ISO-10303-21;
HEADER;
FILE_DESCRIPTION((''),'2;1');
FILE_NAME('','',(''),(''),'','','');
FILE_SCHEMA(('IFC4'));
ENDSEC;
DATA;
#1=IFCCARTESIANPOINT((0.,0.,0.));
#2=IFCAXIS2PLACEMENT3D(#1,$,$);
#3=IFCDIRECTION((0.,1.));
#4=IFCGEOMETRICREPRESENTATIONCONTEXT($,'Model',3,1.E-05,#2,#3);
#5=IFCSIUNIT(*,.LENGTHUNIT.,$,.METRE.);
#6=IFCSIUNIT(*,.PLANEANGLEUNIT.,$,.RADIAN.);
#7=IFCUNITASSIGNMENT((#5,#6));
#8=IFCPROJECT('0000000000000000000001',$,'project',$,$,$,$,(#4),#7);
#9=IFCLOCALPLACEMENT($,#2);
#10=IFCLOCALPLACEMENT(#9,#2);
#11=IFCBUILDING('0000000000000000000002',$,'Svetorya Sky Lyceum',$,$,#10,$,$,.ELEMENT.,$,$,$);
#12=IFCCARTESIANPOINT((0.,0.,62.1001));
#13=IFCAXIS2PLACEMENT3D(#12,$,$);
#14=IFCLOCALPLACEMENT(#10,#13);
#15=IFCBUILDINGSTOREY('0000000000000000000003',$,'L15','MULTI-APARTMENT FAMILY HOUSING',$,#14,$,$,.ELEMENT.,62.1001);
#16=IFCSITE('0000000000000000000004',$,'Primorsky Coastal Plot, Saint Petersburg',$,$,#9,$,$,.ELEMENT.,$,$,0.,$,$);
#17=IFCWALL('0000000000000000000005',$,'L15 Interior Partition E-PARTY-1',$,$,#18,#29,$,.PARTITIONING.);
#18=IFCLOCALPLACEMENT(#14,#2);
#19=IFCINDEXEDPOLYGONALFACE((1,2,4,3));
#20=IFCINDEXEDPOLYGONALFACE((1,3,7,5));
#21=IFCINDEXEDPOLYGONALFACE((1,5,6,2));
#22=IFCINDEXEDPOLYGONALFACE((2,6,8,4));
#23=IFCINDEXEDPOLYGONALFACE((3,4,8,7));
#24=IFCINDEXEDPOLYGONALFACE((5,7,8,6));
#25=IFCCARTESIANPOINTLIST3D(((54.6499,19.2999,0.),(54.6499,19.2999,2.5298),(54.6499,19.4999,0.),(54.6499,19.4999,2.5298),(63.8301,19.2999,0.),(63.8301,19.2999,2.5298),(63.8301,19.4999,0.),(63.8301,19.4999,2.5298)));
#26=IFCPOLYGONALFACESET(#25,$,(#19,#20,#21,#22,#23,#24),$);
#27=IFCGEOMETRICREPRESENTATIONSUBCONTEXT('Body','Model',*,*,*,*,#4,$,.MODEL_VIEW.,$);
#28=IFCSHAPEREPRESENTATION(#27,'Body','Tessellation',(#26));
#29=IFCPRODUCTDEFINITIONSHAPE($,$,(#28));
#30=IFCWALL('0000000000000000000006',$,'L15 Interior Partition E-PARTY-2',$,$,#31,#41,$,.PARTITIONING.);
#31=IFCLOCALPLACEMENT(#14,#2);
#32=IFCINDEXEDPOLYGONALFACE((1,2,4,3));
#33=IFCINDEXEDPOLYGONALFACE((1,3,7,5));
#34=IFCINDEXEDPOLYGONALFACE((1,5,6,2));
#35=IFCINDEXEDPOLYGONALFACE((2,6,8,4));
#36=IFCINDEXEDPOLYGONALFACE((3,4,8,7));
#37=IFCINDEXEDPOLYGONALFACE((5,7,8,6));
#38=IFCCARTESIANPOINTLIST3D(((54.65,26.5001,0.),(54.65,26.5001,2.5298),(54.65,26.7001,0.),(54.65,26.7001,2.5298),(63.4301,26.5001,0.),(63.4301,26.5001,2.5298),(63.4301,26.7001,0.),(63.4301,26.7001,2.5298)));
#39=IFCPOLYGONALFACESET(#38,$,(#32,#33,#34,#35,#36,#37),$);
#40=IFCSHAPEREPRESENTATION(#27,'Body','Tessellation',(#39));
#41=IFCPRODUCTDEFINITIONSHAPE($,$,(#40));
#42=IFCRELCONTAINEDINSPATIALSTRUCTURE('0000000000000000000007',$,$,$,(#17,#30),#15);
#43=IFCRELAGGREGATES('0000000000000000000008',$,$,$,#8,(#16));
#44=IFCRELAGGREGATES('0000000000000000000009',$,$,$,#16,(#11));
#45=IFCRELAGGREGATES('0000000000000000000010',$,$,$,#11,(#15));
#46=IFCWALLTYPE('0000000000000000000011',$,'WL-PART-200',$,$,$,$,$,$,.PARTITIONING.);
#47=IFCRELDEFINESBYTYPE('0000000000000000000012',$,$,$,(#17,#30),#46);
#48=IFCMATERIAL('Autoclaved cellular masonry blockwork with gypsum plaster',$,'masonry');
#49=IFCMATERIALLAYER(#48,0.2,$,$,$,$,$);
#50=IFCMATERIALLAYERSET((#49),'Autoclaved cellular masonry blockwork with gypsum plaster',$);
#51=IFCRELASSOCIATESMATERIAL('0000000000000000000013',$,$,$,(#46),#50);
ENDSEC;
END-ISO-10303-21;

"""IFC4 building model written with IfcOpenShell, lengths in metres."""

from ifc_helpers import new_model, si_unit, direction, frame, frame_2d, origin, place, context, subcontext, project, spatial, rectangle, extrude, material, layer, layer_set, type_object, element, save


model = new_model("IFC4")

# Units and contexts
model_context = context("Model", 3, precision=1e-05, world=origin(), true_north=direction((0.0, 1.0)))
body_context = subcontext(model_context, "Body", "Model", "MODEL_VIEW")
ifc_project = project(units=[si_unit("LENGTHUNIT", "METRE"), si_unit("PLANEANGLEUNIT", "RADIAN")], contexts=[model_context])

# Site, building, storey
site_placement = place(None, origin())
site = spatial("IfcSite", under=ifc_project, at=site_placement, Name="Primorsky Coastal Plot, Saint Petersburg", CompositionType="ELEMENT", RefElevation=0.0)
building_placement = place(site_placement, origin())
building = spatial("IfcBuilding", under=site, at=building_placement, Name="Svetorya Sky Lyceum", CompositionType="ELEMENT")
storey_placement = place(building_placement, frame((0.0, 0.0, 62.1001)))
storey = spatial("IfcBuildingStorey", under=building, at=storey_placement, Name="L15", Description="MULTI-APARTMENT FAMILY HOUSING", CompositionType="ELEMENT", Elevation=62.1001)

# Walls
ifc_material_1 = material(Name="Autoclaved cellular masonry blockwork with gypsum plaster", Category="masonry")
ifc_layer_1 = layer(ifc_material_1, 0.2)
ifc_layer_set_1 = layer_set([ifc_layer_1], Name="Autoclaved cellular masonry blockwork with gypsum plaster")
wall_type_1 = type_object("IfcWallType", Name="WL-PART-200", PredefinedType="PARTITIONING", material=ifc_layer_set_1)
wall_1_placement = place(storey_placement, frame((54.6499, 19.3999, 0.0), z_axis=(0.0, 0.0, 1.0), x_axis=(1.0, 0.0, 0.0)))
element("IfcWall", 1, at=wall_1_placement, inside=storey, type_object=wall_type_1, Name="L15 Interior Partition E-PARTY-1", PredefinedType="PARTITIONING", context=body_context, shape_type="SweptSolid", body=[
    extrude(rectangle(XDim=9.1802, YDim=0.2, at=frame_2d((4.5901, 0.0))), origin(), (0.0, 0.0, 1.0), 2.5298),
])
wall_2_placement = place(storey_placement, frame((54.6499, 26.6001, 0.0), z_axis=(0.0, 0.0, 1.0), x_axis=(1.0, 0.0, 0.0)))
element("IfcWall", 2, at=wall_2_placement, inside=storey, type_object=wall_type_1, Name="L15 Interior Partition E-PARTY-2", PredefinedType="PARTITIONING", context=body_context, shape_type="SweptSolid", body=[
    extrude(rectangle(XDim=8.78, YDim=0.2, at=frame_2d((4.3901, 0.0))), origin(), (0.0, 0.0, 1.0), 2.5298),
])

save(model, "model.ifc")
